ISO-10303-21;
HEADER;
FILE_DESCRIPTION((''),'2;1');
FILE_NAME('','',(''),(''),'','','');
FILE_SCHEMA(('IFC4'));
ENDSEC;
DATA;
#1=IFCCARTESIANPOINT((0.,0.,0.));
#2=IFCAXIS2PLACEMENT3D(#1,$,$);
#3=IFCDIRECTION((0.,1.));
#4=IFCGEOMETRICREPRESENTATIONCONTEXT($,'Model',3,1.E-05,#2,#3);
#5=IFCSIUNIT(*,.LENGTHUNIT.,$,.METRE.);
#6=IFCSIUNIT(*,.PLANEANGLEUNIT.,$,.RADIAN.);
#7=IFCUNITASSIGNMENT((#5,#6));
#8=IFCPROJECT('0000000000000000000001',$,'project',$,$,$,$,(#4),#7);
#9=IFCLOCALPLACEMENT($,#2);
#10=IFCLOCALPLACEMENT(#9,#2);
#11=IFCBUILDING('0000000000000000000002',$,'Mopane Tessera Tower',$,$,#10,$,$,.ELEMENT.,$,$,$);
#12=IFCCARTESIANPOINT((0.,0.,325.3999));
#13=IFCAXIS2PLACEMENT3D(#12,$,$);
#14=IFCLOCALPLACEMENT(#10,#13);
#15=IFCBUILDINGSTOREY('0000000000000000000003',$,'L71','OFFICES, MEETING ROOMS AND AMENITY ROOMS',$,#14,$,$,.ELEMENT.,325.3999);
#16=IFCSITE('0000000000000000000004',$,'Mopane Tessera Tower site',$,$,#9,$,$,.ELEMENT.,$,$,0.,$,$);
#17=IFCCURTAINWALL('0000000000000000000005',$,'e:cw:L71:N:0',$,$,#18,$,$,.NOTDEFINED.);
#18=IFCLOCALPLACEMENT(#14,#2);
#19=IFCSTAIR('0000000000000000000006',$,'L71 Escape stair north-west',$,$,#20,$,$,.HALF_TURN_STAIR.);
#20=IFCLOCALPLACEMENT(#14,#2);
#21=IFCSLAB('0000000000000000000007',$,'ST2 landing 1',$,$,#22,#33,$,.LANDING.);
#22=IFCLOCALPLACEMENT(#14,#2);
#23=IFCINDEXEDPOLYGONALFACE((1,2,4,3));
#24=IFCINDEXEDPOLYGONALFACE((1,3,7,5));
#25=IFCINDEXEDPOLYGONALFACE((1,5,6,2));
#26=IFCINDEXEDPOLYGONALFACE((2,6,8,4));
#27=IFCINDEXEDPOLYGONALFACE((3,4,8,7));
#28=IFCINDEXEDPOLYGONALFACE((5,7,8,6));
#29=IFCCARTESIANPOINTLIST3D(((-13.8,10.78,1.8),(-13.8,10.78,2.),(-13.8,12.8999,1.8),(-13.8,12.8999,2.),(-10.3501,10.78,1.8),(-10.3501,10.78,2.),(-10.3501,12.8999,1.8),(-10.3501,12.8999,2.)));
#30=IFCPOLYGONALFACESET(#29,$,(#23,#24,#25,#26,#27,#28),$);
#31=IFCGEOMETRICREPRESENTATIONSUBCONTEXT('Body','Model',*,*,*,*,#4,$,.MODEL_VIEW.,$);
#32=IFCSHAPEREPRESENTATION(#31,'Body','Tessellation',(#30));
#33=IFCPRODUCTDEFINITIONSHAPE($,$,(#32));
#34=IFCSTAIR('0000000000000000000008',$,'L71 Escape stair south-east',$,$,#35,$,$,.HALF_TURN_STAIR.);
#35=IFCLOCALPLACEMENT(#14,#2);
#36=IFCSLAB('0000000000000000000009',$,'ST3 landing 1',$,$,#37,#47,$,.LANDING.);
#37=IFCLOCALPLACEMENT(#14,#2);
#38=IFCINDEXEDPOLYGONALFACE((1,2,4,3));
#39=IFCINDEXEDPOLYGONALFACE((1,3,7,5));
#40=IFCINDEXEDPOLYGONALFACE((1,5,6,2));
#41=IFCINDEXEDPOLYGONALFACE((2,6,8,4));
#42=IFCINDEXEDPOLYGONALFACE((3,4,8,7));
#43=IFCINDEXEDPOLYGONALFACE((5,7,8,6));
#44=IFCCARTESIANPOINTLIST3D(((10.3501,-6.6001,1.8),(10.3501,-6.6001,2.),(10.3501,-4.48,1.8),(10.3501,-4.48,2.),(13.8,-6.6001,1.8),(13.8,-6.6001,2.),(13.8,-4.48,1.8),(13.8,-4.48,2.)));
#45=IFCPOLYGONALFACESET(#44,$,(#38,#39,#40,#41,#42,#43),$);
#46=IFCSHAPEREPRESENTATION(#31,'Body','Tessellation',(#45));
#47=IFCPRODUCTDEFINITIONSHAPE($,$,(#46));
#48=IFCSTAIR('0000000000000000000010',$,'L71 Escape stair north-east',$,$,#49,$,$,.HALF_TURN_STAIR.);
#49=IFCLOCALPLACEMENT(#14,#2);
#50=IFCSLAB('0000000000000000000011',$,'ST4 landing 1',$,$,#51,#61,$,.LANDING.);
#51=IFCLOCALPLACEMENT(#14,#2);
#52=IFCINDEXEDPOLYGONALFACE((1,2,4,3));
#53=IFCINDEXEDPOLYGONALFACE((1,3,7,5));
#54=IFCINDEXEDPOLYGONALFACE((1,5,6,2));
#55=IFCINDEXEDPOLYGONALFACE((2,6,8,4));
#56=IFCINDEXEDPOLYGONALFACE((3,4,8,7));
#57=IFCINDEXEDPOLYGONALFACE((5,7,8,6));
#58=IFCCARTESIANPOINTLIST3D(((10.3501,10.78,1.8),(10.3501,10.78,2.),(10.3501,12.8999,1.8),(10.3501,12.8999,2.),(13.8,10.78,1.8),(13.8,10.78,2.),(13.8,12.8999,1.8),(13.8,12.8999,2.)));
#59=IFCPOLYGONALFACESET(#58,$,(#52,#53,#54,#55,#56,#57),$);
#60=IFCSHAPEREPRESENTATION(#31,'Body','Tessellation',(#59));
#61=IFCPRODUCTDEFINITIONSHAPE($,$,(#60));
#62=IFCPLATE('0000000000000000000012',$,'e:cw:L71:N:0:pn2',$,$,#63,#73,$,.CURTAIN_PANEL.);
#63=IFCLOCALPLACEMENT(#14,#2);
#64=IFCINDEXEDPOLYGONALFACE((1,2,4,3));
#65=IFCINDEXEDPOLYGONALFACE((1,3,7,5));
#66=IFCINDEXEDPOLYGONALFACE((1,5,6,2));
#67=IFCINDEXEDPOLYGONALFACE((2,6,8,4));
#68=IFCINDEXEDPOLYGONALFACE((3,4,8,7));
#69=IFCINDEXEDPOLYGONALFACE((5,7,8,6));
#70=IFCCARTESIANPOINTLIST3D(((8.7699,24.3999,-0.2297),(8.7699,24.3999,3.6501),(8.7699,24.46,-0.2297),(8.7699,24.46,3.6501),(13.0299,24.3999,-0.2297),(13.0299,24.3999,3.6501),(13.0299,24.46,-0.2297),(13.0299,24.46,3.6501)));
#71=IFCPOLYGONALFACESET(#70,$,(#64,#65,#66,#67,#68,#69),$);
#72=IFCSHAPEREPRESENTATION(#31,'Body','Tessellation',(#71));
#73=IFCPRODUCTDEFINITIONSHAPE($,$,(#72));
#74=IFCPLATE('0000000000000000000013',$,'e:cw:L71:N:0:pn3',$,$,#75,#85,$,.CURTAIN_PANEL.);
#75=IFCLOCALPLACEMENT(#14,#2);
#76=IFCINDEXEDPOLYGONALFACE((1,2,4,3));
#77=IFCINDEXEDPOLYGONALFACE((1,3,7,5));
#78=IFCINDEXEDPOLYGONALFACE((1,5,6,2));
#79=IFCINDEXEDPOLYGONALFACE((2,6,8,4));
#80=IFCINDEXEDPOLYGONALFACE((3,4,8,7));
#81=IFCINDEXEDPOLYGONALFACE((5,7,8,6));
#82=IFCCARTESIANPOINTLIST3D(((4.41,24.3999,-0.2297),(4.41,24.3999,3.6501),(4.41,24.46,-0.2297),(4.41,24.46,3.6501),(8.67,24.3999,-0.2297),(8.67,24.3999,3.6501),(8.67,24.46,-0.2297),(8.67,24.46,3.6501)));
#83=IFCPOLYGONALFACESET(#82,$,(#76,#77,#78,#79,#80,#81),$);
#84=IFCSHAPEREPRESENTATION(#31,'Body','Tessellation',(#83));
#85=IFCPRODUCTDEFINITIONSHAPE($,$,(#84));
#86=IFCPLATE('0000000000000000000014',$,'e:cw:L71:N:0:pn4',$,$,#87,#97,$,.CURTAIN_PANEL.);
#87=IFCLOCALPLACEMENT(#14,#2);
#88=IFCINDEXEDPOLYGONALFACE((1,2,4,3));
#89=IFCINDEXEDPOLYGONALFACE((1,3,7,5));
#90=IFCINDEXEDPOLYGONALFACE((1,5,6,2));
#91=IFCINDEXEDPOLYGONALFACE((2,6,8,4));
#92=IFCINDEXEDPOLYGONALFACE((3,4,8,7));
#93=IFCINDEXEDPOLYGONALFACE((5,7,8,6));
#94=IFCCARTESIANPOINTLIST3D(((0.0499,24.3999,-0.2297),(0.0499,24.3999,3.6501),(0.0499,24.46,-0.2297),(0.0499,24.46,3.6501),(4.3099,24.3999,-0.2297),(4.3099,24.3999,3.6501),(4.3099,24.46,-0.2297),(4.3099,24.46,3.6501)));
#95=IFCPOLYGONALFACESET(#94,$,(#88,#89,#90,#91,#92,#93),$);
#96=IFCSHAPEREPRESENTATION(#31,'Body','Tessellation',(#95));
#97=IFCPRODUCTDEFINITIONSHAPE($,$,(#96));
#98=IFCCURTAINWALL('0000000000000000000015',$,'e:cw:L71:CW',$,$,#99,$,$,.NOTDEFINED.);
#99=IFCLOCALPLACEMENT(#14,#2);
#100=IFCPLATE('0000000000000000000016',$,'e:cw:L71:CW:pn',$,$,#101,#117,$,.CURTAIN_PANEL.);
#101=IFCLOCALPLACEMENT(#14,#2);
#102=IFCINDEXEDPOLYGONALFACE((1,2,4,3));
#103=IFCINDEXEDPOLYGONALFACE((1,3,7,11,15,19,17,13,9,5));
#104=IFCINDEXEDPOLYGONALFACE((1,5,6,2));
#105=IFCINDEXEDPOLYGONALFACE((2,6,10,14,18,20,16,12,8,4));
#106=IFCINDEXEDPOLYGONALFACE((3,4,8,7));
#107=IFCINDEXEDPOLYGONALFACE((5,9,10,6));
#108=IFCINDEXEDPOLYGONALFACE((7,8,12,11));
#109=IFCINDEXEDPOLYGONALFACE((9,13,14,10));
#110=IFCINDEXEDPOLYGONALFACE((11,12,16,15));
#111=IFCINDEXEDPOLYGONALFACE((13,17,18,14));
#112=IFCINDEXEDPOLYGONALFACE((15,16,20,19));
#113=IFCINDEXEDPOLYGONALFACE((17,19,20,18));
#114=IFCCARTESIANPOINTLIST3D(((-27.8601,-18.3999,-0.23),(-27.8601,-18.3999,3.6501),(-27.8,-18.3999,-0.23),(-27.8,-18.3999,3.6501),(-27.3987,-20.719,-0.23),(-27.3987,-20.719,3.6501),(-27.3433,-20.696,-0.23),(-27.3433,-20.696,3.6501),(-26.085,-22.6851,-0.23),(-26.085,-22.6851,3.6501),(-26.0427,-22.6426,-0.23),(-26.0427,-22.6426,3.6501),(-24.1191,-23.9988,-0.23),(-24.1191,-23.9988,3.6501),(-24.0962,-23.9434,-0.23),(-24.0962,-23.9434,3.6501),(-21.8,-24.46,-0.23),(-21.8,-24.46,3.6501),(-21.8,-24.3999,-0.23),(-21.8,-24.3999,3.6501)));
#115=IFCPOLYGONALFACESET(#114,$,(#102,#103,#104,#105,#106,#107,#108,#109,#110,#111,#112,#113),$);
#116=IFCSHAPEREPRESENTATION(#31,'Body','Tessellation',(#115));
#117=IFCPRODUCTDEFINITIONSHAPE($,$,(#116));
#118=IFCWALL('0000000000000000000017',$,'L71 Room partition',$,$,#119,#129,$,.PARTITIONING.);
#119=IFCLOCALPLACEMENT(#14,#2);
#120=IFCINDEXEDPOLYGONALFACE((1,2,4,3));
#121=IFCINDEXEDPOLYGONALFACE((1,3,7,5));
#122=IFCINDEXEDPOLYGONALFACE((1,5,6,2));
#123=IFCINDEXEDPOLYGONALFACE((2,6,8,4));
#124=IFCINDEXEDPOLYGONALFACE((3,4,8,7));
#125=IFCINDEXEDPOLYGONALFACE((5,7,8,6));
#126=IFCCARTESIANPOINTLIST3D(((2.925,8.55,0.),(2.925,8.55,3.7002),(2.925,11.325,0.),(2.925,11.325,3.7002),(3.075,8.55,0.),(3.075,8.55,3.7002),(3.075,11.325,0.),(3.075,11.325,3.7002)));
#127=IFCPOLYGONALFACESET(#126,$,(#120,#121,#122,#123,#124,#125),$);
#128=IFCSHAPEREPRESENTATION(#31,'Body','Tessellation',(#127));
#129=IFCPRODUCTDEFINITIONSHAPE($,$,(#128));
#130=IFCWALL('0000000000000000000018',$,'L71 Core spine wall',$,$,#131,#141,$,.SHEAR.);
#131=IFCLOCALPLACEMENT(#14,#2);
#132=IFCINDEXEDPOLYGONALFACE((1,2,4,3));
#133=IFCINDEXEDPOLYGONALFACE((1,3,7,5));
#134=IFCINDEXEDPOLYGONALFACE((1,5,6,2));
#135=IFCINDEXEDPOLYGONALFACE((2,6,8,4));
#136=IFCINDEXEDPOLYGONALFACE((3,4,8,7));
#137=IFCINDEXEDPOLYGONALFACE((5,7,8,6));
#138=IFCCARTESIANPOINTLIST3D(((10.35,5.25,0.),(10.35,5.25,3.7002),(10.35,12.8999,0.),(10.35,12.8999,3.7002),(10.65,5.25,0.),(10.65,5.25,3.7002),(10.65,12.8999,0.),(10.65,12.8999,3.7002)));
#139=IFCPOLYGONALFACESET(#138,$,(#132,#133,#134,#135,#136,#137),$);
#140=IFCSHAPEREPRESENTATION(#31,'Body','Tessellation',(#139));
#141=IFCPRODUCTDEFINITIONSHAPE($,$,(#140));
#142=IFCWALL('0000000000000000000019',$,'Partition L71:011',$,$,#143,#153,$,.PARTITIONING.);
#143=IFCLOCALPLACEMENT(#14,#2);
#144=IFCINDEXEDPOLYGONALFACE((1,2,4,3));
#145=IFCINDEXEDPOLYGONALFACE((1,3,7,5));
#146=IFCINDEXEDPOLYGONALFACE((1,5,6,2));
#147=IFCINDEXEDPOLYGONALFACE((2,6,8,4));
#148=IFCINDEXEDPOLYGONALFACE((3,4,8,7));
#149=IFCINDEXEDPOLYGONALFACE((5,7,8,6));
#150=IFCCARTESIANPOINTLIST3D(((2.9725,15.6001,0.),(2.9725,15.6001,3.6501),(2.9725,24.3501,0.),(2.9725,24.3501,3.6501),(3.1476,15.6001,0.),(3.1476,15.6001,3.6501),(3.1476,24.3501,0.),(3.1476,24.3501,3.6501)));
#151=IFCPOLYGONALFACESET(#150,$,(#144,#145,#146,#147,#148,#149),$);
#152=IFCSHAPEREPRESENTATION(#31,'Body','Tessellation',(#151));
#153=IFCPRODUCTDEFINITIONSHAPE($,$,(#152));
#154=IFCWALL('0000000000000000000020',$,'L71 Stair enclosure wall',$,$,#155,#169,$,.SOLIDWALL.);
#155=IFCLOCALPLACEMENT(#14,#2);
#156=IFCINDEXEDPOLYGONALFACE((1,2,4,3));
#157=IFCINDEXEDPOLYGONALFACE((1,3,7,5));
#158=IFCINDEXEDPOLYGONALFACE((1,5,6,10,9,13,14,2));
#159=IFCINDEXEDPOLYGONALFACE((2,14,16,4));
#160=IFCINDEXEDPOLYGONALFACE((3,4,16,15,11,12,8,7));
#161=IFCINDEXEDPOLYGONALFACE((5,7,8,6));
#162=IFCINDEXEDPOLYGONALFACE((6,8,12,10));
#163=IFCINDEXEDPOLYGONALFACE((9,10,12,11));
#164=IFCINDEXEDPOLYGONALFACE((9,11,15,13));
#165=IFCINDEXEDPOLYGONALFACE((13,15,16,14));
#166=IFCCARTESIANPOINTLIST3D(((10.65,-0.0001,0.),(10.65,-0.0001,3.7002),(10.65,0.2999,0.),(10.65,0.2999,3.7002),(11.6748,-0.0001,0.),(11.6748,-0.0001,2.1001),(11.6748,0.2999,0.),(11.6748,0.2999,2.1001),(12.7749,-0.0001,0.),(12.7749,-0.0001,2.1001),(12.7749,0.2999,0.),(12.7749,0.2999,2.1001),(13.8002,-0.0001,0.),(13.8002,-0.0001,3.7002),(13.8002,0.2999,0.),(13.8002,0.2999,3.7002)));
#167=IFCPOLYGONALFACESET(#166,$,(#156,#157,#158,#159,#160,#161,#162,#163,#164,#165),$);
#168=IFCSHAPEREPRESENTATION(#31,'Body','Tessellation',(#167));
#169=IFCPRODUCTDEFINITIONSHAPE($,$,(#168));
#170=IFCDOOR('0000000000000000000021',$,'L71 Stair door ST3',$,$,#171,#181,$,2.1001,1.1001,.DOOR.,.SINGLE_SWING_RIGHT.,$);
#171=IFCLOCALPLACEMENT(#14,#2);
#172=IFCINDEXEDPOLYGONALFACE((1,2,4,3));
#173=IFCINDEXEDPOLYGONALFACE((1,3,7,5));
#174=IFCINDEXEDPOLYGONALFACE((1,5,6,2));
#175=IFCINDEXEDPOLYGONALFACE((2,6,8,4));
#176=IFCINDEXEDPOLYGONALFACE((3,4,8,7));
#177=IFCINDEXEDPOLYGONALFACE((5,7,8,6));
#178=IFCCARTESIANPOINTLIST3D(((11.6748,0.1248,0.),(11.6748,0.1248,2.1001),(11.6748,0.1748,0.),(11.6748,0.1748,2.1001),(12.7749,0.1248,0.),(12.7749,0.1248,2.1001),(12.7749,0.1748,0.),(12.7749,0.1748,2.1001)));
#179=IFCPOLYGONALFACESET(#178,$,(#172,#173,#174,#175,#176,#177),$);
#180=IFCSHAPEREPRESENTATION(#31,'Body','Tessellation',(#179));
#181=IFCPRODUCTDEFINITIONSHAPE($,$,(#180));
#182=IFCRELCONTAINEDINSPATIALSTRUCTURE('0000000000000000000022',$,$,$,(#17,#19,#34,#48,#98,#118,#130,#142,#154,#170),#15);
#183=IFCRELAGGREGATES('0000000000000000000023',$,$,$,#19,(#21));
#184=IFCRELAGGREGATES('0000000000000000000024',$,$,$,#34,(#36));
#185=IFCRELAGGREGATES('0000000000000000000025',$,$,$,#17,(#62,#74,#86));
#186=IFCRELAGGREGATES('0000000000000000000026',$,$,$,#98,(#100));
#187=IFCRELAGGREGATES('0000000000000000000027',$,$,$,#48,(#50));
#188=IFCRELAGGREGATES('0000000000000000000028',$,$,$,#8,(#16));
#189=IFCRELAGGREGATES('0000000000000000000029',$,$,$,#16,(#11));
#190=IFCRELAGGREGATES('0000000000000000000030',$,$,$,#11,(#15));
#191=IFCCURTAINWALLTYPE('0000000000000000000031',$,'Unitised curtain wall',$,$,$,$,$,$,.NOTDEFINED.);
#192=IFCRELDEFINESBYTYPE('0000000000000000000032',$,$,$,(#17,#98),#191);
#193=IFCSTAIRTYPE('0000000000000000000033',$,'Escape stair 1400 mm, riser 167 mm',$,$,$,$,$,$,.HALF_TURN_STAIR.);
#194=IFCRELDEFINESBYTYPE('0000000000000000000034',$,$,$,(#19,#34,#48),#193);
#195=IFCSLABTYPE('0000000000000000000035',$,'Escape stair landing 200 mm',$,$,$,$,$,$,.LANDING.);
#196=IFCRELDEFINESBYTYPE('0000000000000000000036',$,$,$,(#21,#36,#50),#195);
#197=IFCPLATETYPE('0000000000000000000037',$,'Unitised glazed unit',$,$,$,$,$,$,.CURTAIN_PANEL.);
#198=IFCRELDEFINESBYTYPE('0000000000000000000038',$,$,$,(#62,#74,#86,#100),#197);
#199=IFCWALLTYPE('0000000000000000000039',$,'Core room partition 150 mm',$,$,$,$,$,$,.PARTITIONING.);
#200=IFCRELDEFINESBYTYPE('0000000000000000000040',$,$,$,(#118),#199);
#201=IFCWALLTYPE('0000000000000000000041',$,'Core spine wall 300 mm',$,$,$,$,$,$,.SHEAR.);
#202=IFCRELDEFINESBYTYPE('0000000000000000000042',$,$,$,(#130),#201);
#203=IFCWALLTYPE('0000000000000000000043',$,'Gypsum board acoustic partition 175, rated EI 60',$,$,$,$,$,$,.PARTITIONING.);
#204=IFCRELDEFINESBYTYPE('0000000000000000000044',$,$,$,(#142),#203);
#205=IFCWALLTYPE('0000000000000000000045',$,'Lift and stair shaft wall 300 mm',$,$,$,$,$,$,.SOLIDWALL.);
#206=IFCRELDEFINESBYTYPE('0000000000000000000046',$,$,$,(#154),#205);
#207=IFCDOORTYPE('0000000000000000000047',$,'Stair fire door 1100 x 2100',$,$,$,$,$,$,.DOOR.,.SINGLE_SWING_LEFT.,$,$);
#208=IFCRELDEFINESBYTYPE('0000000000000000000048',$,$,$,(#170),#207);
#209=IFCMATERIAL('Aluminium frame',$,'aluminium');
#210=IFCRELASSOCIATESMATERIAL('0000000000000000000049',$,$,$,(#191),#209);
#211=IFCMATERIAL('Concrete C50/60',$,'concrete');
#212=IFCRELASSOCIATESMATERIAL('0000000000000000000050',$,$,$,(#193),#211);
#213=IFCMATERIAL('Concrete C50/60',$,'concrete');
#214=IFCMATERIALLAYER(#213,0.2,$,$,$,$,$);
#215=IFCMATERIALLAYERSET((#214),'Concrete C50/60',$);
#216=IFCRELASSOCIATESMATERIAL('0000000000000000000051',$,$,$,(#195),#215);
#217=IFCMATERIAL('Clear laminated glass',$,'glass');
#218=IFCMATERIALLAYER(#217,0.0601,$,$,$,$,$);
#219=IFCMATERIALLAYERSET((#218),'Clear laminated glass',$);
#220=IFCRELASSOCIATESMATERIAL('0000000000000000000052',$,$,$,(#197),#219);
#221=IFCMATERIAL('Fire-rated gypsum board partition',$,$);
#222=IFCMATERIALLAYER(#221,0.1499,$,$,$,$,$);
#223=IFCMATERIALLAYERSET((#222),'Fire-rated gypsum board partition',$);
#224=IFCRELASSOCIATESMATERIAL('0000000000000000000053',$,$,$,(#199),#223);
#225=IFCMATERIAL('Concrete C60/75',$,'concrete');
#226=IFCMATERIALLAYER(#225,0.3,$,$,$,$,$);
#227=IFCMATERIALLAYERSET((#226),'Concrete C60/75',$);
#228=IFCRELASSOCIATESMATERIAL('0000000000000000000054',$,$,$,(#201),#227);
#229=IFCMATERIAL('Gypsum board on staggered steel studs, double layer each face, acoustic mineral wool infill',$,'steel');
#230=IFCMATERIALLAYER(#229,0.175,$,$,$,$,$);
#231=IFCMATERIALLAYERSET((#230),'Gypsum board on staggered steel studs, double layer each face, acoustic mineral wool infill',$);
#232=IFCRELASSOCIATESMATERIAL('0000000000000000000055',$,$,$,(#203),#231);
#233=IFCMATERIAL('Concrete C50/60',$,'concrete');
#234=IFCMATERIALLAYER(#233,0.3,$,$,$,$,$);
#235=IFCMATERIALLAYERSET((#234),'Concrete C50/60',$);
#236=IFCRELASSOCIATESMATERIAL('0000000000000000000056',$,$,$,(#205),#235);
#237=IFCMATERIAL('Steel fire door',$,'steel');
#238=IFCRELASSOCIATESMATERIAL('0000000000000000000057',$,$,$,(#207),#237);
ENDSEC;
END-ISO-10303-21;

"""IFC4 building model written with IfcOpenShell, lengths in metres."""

from ifc_helpers import new_model, si_unit, direction, frame, frame_2d, origin, origin_2d, place, context, subcontext, project, spatial, polyline, rectangle, outline, extrude, material, layer, layer_set, type_object, element, fill, aggregate, save


model = new_model("IFC4")

# Units and contexts
model_context = context("Model", 3, precision=1e-05, world=origin(), true_north=direction((0.0, 1.0)))
body_context = subcontext(model_context, "Body", "Model", "MODEL_VIEW")
ifc_project = project(units=[si_unit("LENGTHUNIT", "METRE"), si_unit("PLANEANGLEUNIT", "RADIAN")], contexts=[model_context])

# Site, building, storey
site_placement = place(None, origin())
site = spatial("IfcSite", under=ifc_project, at=site_placement, Name="Mopane Tessera Tower site", CompositionType="ELEMENT", RefElevation=0.0)
building_placement = place(site_placement, origin())
building = spatial("IfcBuilding", under=site, at=building_placement, Name="Mopane Tessera Tower", CompositionType="ELEMENT")
storey_placement = place(building_placement, frame((0.0, 0.0, 325.3999)))
storey = spatial("IfcBuildingStorey", under=building, at=storey_placement, Name="L71", Description="OFFICES, MEETING ROOMS AND AMENITY ROOMS", CompositionType="ELEMENT", Elevation=325.3999)

# Curtain wall
ifc_material_1 = material(Name="Aluminium frame", Category="aluminium")
curtain_wall_type = type_object("IfcCurtainWallType", Name="Unitised curtain wall", PredefinedType="NOTDEFINED", material=ifc_material_1)
curtain_wall_1_placement = place(storey_placement, origin())
curtain_wall_1 = element("IfcCurtainWall", 1, at=curtain_wall_1_placement, inside=storey, type_object=curtain_wall_type, Name="e:cw:L71:N:0", PredefinedType="NOTDEFINED")

# Stairs, slabs
ifc_material_2 = material(Name="Concrete C50/60", Category="concrete")
stair_type = type_object("IfcStairType", Name="Escape stair 1400 mm, riser 167 mm", PredefinedType="HALF_TURN_STAIR", material=ifc_material_2)
ifc_material_3 = material(Name="Concrete C50/60", Category="concrete")
ifc_layer_1 = layer(ifc_material_3, 0.2)
ifc_layer_set_1 = layer_set([ifc_layer_1], Name="Concrete C50/60")
slab_type_1 = type_object("IfcSlabType", Name="Escape stair landing 200 mm", PredefinedType="LANDING", material=ifc_layer_set_1)
stair_1_placement = place(storey_placement, origin())
stair_1 = element("IfcStair", 2, at=stair_1_placement, inside=storey, type_object=stair_type, Name="L71 Escape stair north-west", PredefinedType="HALF_TURN_STAIR")
slab_1_placement = place(storey_placement, frame((0.0, 0.0, 1.8)))
slab_1 = element("IfcSlab", 3, at=slab_1_placement, type_object=slab_type_1, Name="ST2 landing 1", PredefinedType="LANDING", context=body_context, shape_type="SweptSolid", body=[
    extrude(outline(polyline([(-10.3501, 10.78), (-10.3501, 12.8999), (-13.8, 12.8999), (-13.8, 10.78), (-10.3501, 10.78)])), origin(), (0.0, 0.0, 1.0), 0.2),
])
aggregate(stair_1, [slab_1])
stair_2_placement = place(storey_placement, origin())
stair_2 = element("IfcStair", 4, at=stair_2_placement, inside=storey, type_object=stair_type, Name="L71 Escape stair south-east", PredefinedType="HALF_TURN_STAIR")
slab_2_placement = place(storey_placement, frame((0.0, 0.0, 1.8)))
slab_2 = element("IfcSlab", 5, at=slab_2_placement, type_object=slab_type_1, Name="ST3 landing 1", PredefinedType="LANDING", context=body_context, shape_type="SweptSolid", body=[
    extrude(outline(polyline([(10.3501, -4.48), (10.3501, -6.6001), (13.8, -6.6001), (13.8, -4.48), (10.3501, -4.48)])), origin(), (0.0, 0.0, 1.0), 0.2),
])
aggregate(stair_2, [slab_2])
stair_3_placement = place(storey_placement, origin())
stair_3 = element("IfcStair", 6, at=stair_3_placement, inside=storey, type_object=stair_type, Name="L71 Escape stair north-east", PredefinedType="HALF_TURN_STAIR")
slab_3_placement = place(storey_placement, frame((0.0, 0.0, 1.8)))
slab_3 = element("IfcSlab", 7, at=slab_3_placement, type_object=slab_type_1, Name="ST4 landing 1", PredefinedType="LANDING", context=body_context, shape_type="SweptSolid", body=[
    extrude(outline(polyline([(13.8, 10.78), (13.8, 12.8999), (10.3501, 12.8999), (10.3501, 10.78), (13.8, 10.78)])), origin(), (0.0, 0.0, 1.0), 0.2),
])

# Plates
ifc_material_4 = material(Name="Clear laminated glass", Category="glass")
ifc_layer_2 = layer(ifc_material_4, 0.0601)
ifc_layer_set_2 = layer_set([ifc_layer_2], Name="Clear laminated glass")
plate_type = type_object("IfcPlateType", Name="Unitised glazed unit", PredefinedType="CURTAIN_PANEL", material=ifc_layer_set_2)
plate_1_placement = place(storey_placement, frame((10.8999, 24.4299, -0.2297), z_axis=(0.0, 0.0, 1.0), x_axis=(-1.0, 0.0, 0.0)))
plate_1 = element("IfcPlate", 8, at=plate_1_placement, type_object=plate_type, Name="e:cw:L71:N:0:pn2", PredefinedType="CURTAIN_PANEL", context=body_context, shape_type="SweptSolid", body=[
    extrude(rectangle(XDim=4.26, YDim=0.0601, at=origin_2d()), origin(), (0.0, 0.0, 1.0), 3.8799),
])
plate_2_placement = place(storey_placement, frame((6.54, 24.4299, -0.2297), z_axis=(0.0, 0.0, 1.0), x_axis=(-1.0, 0.0, 0.0)))
plate_2 = element("IfcPlate", 9, at=plate_2_placement, type_object=plate_type, Name="e:cw:L71:N:0:pn3", PredefinedType="CURTAIN_PANEL", context=body_context, shape_type="SweptSolid", body=[
    extrude(rectangle(XDim=4.26, YDim=0.0601, at=origin_2d()), origin(), (0.0, 0.0, 1.0), 3.8799),
])
plate_3_placement = place(storey_placement, frame((2.1799, 24.4299, -0.2297), z_axis=(0.0, 0.0, 1.0), x_axis=(-1.0, 0.0, 0.0)))
plate_3 = element("IfcPlate", 10, at=plate_3_placement, type_object=plate_type, Name="e:cw:L71:N:0:pn4", PredefinedType="CURTAIN_PANEL", context=body_context, shape_type="SweptSolid", body=[
    extrude(rectangle(XDim=4.26, YDim=0.0601, at=origin_2d()), origin(), (0.0, 0.0, 1.0), 3.8799),
])
aggregate(curtain_wall_1, [plate_1, plate_2, plate_3])

# Curtain wall, plate
curtain_wall_2_placement = place(storey_placement, origin())
curtain_wall_2 = element("IfcCurtainWall", 11, at=curtain_wall_2_placement, inside=storey, type_object=curtain_wall_type, Name="e:cw:L71:CW", PredefinedType="NOTDEFINED")
plate_4_placement = place(storey_placement, frame((0.0, 0.0, -0.23)))
plate_4 = element("IfcPlate", 12, at=plate_4_placement, type_object=plate_type, Name="e:cw:L71:CW:pn", PredefinedType="CURTAIN_PANEL", context=body_context, shape_type="SweptSolid", body=[
    extrude(outline(polyline([(-27.8, -18.3999), (-27.3433, -20.696), (-26.0427, -22.6426), (-24.0962, -23.9434), (-21.8, -24.3999), (-21.8, -24.46), (-24.1191, -23.9988), (-26.085, -22.6851), (-27.3987, -20.719), (-27.8601, -18.3999), (-27.8, -18.3999)])), origin(), (0.0, 0.0, 1.0), 3.8801),
])
aggregate(curtain_wall_2, [plate_4])

# Walls
ifc_material_5 = material(Name="Fire-rated gypsum board partition")
ifc_layer_3 = layer(ifc_material_5, 0.1499)
ifc_layer_set_3 = layer_set([ifc_layer_3], Name="Fire-rated gypsum board partition")
wall_type_1 = type_object("IfcWallType", Name="Core room partition 150 mm", PredefinedType="PARTITIONING", material=ifc_layer_set_3)
wall_1_placement = place(storey_placement, frame((3.0, 8.55, 0.0), z_axis=(0.0, 0.0, 1.0), x_axis=(0.0, 1.0, 0.0)))
element("IfcWall", 13, at=wall_1_placement, inside=storey, type_object=wall_type_1, Name="L71 Room partition", PredefinedType="PARTITIONING", context=body_context, shape_type="SweptSolid", body=[
    extrude(rectangle(XDim=2.7749, YDim=0.1499, at=frame_2d((1.3875, 0.0))), origin(), (0.0, 0.0, 1.0), 3.7002),
])
ifc_material_6 = material(Name="Concrete C60/75", Category="concrete")
ifc_layer_4 = layer(ifc_material_6, 0.3)
ifc_layer_set_4 = layer_set([ifc_layer_4], Name="Concrete C60/75")
wall_type_2 = type_object("IfcWallType", Name="Core spine wall 300 mm", PredefinedType="SHEAR", material=ifc_layer_set_4)
wall_2_placement = place(storey_placement, frame((10.5, 5.25, 0.0), z_axis=(0.0, 0.0, 1.0), x_axis=(0.0, 1.0, 0.0)))
element("IfcWall", 14, at=wall_2_placement, inside=storey, type_object=wall_type_2, Name="L71 Core spine wall", PredefinedType="SHEAR", context=body_context, shape_type="SweptSolid", body=[
    extrude(rectangle(XDim=7.6499, YDim=0.3, at=frame_2d((3.825, 0.0))), origin(), (0.0, 0.0, 1.0), 3.7002),
])
ifc_material_7 = material(Name="Gypsum board on staggered steel studs, double layer each face, acoustic mineral wool infill", Category="steel")
ifc_layer_5 = layer(ifc_material_7, 0.175)
ifc_layer_set_5 = layer_set([ifc_layer_5], Name="Gypsum board on staggered steel studs, double layer each face, acoustic mineral wool infill")
wall_type_3 = type_object("IfcWallType", Name="Gypsum board acoustic partition 175, rated EI 60", PredefinedType="PARTITIONING", material=ifc_layer_set_5)
wall_3_placement = place(storey_placement, frame((3.0601, 15.6001, 0.0), z_axis=(0.0, 0.0, 1.0), x_axis=(0.0, 1.0, 0.0)))
element("IfcWall", 15, at=wall_3_placement, inside=storey, type_object=wall_type_3, Name="Partition L71:011", PredefinedType="PARTITIONING", context=body_context, shape_type="SweptSolid", body=[
    extrude(rectangle(XDim=8.75, YDim=0.175, at=frame_2d((4.375, 0.0))), origin(), (0.0, 0.0, 1.0), 3.6501),
])

# Wall, opening, door
ifc_material_8 = material(Name="Concrete C50/60", Category="concrete")
ifc_layer_6 = layer(ifc_material_8, 0.3)
ifc_layer_set_6 = layer_set([ifc_layer_6], Name="Concrete C50/60")
wall_type_4 = type_object("IfcWallType", Name="Lift and stair shaft wall 300 mm", PredefinedType="SOLIDWALL", material=ifc_layer_set_6)
wall_4_placement = place(storey_placement, frame((10.6499, 0.1499, 0.0), z_axis=(0.0, 0.0, 1.0), x_axis=(1.0, 0.0, 0.0)))
wall_4 = element("IfcWall", 16, at=wall_4_placement, inside=storey, type_object=wall_type_4, Name="L71 Stair enclosure wall", PredefinedType="SOLIDWALL", context=body_context, shape_type="SweptSolid", body=[
    extrude(rectangle(XDim=3.1501, YDim=0.3, at=frame_2d((1.5752, 0.0))), origin(), (0.0, 0.0, 1.0), 3.7002),
])
opening_1_placement = place(wall_4_placement, frame((1.0249, 0.0, 0.0)))
opening_1 = element("IfcOpeningElement", 17, at=opening_1_placement, cuts=wall_4, PredefinedType="OPENING", context=body_context, shape_type="SweptSolid", body=[
    extrude(rectangle(XDim=1.1001, YDim=2.1001, at=frame_2d((0.55, 1.05))), frame((0.0, 0.1621, 0.0), z_axis=(0.0, -1.0, 0.0), x_axis=(1.0, 0.0, 0.0)), (0.0, 0.0, 1.0), 0.324),
])
ifc_material_9 = material(Name="Steel fire door", Category="steel")
door_type = type_object("IfcDoorType", Name="Stair fire door 1100 x 2100", OperationType="SINGLE_SWING_LEFT", PredefinedType="DOOR", material=ifc_material_9)
door_1_placement = place(opening_1_placement, origin())
door_1 = element("IfcDoor", 18, at=door_1_placement, inside=storey, type_object=door_type, Name="L71 Stair door ST3", OperationType="SINGLE_SWING_RIGHT", OverallHeight=2.1001, OverallWidth=1.1001, PredefinedType="DOOR", context=body_context, shape_type="SweptSolid", body=[
    extrude(rectangle(XDim=1.1001, YDim=2.1001, at=frame_2d((0.55, 1.05))), frame((0.0, 0.0249, 0.0), z_axis=(0.0, -1.0, 0.0), x_axis=(1.0, 0.0, 0.0)), (0.0, 0.0, 1.0), 0.05),
])
fill(opening_1, door_1)

aggregate(stair_3, [slab_3])

save(model, "model.ifc")
